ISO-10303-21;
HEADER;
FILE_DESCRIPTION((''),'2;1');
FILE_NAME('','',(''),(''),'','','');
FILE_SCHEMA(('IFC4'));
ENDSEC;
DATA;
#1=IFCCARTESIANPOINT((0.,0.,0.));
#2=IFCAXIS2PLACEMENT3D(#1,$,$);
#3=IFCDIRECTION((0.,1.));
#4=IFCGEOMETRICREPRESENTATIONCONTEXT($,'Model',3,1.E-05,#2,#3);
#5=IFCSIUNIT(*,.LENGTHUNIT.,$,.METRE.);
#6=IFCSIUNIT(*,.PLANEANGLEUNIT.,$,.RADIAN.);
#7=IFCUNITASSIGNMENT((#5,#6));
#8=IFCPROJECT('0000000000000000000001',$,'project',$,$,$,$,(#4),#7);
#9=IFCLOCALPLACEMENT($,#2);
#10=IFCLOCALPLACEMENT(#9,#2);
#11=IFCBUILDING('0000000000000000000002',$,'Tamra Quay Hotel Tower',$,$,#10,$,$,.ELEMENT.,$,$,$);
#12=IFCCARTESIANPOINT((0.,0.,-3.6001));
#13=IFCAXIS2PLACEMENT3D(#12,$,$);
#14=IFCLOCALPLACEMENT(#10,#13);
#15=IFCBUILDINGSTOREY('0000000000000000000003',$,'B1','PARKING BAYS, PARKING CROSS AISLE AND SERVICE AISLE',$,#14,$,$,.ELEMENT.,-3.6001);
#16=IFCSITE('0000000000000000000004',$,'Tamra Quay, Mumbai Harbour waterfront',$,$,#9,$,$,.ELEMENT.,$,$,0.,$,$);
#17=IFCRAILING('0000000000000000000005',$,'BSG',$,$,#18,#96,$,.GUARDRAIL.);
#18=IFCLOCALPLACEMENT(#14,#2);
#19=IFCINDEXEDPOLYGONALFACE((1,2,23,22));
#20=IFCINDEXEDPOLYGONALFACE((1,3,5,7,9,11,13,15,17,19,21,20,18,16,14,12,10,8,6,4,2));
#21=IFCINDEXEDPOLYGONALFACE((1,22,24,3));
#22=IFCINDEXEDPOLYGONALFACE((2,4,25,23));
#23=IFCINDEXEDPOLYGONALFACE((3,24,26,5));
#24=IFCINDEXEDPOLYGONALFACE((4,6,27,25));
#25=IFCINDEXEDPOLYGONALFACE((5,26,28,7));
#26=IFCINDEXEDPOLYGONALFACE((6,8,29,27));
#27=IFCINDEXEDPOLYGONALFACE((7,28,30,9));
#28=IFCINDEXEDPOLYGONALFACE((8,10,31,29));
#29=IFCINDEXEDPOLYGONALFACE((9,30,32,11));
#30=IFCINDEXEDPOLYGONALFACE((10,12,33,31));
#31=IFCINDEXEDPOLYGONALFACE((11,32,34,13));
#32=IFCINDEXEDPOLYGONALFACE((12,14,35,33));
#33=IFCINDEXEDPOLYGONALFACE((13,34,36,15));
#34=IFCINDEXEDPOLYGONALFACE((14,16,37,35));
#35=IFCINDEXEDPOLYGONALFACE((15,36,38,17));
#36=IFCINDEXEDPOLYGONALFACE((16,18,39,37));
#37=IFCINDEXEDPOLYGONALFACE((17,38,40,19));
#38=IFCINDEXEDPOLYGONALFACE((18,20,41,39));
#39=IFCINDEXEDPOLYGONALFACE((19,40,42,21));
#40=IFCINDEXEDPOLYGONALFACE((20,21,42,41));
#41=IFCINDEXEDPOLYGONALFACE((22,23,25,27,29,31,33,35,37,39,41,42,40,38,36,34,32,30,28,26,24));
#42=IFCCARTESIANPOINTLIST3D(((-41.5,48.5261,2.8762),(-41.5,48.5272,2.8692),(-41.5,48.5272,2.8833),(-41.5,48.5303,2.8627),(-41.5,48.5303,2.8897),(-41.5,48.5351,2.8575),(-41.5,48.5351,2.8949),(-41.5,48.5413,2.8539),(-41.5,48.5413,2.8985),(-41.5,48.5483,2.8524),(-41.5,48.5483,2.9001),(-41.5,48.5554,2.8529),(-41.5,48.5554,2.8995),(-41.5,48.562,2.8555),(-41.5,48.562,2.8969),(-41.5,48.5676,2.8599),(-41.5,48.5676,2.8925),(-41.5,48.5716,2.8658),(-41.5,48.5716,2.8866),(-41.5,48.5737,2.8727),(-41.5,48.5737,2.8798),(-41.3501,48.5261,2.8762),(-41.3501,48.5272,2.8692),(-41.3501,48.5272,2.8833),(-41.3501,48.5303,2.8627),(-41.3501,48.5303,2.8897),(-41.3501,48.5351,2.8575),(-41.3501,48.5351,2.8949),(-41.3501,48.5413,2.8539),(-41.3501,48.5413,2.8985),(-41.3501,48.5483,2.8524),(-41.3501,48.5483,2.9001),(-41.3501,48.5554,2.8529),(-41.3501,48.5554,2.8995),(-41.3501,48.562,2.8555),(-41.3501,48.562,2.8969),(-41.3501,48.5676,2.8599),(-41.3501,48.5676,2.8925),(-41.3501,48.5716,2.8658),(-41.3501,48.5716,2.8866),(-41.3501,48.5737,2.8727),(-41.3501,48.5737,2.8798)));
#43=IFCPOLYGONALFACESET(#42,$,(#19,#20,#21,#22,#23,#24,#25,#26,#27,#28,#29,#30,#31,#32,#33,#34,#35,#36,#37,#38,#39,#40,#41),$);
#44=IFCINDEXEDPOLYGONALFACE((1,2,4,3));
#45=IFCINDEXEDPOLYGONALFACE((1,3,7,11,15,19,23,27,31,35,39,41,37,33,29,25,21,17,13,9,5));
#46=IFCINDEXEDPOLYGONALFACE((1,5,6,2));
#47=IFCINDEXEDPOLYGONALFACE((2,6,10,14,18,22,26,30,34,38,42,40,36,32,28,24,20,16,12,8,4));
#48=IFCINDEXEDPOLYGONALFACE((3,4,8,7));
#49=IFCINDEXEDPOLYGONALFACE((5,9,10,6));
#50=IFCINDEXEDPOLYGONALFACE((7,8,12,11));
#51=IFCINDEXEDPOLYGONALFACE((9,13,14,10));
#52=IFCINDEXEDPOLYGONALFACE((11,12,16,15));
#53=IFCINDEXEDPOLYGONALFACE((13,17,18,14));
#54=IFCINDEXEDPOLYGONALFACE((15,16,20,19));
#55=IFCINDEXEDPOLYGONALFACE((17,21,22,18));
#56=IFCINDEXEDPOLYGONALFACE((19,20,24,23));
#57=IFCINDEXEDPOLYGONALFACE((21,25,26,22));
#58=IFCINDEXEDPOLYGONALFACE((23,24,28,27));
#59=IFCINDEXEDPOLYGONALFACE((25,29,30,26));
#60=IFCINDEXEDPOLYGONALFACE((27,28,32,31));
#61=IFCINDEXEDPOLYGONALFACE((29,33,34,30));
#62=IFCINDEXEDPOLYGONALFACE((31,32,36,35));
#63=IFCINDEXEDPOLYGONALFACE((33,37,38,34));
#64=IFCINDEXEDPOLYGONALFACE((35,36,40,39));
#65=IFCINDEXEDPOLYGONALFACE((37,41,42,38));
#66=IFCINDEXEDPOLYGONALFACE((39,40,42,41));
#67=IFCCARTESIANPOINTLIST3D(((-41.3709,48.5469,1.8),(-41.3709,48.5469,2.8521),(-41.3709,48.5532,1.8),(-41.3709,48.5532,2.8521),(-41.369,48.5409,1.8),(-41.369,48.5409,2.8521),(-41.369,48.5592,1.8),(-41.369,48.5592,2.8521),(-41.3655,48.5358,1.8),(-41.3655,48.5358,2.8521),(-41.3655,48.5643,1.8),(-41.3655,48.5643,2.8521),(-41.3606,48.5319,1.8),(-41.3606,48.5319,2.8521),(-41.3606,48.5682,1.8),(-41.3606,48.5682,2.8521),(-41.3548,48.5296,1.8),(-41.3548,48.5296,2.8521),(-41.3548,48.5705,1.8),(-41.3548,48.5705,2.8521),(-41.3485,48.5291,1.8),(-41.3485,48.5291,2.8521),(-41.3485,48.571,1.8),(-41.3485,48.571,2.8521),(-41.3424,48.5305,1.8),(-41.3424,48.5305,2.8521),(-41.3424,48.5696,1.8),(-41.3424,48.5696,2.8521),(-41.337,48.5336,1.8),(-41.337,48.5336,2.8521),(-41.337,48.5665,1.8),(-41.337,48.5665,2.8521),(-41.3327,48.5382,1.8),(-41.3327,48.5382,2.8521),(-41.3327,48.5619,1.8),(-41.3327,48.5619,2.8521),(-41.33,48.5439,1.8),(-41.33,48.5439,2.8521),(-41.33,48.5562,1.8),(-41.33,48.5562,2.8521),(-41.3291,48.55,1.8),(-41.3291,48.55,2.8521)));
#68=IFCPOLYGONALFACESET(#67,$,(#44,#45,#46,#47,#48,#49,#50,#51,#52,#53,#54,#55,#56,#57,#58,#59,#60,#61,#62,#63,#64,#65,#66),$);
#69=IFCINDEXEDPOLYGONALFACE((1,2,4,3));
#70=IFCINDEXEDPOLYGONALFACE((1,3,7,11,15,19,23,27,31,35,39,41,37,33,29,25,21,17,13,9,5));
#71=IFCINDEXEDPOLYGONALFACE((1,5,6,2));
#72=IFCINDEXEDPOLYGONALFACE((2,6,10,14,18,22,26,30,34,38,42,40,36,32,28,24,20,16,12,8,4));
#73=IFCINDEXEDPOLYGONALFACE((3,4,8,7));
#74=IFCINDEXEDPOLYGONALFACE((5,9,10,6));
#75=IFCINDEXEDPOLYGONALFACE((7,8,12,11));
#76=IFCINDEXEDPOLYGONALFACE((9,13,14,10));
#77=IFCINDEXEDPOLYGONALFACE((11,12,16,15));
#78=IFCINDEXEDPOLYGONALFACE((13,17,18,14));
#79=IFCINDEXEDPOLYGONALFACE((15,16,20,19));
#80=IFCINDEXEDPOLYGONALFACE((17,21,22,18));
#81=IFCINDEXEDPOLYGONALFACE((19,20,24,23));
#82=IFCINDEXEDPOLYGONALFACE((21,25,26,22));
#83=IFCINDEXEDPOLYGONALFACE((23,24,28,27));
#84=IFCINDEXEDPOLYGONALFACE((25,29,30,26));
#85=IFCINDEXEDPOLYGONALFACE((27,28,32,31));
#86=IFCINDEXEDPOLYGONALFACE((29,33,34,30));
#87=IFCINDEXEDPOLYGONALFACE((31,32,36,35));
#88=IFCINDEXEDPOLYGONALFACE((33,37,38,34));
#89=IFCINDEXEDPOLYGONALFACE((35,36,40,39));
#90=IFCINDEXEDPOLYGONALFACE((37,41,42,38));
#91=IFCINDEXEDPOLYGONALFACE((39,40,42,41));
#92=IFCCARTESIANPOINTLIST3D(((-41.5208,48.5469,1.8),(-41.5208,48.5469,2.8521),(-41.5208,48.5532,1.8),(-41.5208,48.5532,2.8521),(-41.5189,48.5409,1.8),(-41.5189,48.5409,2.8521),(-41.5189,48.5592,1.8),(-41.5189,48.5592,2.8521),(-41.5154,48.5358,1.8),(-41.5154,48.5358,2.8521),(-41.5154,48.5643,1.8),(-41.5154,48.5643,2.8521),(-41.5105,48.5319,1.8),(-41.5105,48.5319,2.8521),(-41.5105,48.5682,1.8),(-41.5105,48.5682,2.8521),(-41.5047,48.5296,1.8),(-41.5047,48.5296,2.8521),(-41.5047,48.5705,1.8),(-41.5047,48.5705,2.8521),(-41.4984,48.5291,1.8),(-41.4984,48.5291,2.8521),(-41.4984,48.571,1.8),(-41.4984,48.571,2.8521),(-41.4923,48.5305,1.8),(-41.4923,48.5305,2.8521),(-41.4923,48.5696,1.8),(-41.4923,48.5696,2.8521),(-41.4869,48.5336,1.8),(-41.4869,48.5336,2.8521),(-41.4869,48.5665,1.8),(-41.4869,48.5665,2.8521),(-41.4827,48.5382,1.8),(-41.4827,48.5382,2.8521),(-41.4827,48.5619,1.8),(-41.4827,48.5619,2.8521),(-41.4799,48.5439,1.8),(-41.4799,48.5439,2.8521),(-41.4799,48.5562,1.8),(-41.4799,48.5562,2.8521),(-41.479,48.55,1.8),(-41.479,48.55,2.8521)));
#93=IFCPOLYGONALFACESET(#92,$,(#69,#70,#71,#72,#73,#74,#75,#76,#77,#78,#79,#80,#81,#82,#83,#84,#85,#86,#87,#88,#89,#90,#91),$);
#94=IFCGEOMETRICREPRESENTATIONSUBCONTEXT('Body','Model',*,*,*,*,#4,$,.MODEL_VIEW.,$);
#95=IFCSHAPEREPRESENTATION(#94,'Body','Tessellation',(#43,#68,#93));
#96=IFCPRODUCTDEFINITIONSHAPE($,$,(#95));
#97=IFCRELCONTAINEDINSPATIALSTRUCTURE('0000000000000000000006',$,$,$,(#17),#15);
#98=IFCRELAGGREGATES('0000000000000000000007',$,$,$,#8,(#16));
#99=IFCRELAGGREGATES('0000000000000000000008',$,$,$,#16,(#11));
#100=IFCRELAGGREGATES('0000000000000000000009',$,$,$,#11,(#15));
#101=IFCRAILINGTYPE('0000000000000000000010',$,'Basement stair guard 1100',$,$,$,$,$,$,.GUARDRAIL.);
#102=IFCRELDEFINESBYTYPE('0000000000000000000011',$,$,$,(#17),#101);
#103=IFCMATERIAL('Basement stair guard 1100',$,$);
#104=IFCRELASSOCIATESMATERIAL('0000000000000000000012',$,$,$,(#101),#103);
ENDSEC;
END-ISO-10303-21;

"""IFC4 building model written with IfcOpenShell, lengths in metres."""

from ifc_helpers import new_model, si_unit, direction, frame, origin, origin_2d, place, context, subcontext, project, spatial, circle, extrude, material, type_object, element, save


model = new_model("IFC4")

# Units and contexts
model_context = context("Model", 3, precision=1e-05, world=origin(), true_north=direction((0.0, 1.0)))
body_context = subcontext(model_context, "Body", "Model", "MODEL_VIEW")
ifc_project = project(units=[si_unit("LENGTHUNIT", "METRE"), si_unit("PLANEANGLEUNIT", "RADIAN")], contexts=[model_context])

# Site, building, storey
site_placement = place(None, origin())
site = spatial("IfcSite", under=ifc_project, at=site_placement, Name="Tamra Quay, Mumbai Harbour waterfront", CompositionType="ELEMENT", RefElevation=0.0)
building_placement = place(site_placement, origin())
building = spatial("IfcBuilding", under=site, at=building_placement, Name="Tamra Quay Hotel Tower", CompositionType="ELEMENT")
storey_placement = place(building_placement, frame((0.0, 0.0, -3.6001)))
storey = spatial("IfcBuildingStorey", under=building, at=storey_placement, Name="B1", Description="PARKING BAYS, PARKING CROSS AISLE AND SERVICE AISLE", CompositionType="ELEMENT", Elevation=-3.6001)

# Railing
ifc_material_1 = material(Name="Basement stair guard 1100")
railing_type_1 = type_object("IfcRailingType", Name="Basement stair guard 1100", PredefinedType="GUARDRAIL", material=ifc_material_1)
railing_1_placement = place(storey_placement, frame((-41.3501, 48.55, 1.8)))
element("IfcRailing", 1, at=railing_1_placement, inside=storey, type_object=railing_type_1, Name="BSG", PredefinedType="GUARDRAIL", context=body_context, shape_type="SweptSolid", body=[
    extrude(circle(Radius=0.0239, at=origin_2d()), frame((0.0, 0.0, 1.0762), z_axis=(-1.0, 0.0, 0.0), x_axis=(0.0, -1.0, 0.0)), (0.0, 0.0, 1.0), 0.1499),
    extrude(circle(Radius=0.021, at=origin_2d()), origin(), (0.0, 0.0, 1.0), 1.052),
    extrude(circle(Radius=0.021, at=origin_2d()), frame((-0.1499, 0.0, 0.0)), (0.0, 0.0, 1.0), 1.052),
])

save(model, "model.ifc")
